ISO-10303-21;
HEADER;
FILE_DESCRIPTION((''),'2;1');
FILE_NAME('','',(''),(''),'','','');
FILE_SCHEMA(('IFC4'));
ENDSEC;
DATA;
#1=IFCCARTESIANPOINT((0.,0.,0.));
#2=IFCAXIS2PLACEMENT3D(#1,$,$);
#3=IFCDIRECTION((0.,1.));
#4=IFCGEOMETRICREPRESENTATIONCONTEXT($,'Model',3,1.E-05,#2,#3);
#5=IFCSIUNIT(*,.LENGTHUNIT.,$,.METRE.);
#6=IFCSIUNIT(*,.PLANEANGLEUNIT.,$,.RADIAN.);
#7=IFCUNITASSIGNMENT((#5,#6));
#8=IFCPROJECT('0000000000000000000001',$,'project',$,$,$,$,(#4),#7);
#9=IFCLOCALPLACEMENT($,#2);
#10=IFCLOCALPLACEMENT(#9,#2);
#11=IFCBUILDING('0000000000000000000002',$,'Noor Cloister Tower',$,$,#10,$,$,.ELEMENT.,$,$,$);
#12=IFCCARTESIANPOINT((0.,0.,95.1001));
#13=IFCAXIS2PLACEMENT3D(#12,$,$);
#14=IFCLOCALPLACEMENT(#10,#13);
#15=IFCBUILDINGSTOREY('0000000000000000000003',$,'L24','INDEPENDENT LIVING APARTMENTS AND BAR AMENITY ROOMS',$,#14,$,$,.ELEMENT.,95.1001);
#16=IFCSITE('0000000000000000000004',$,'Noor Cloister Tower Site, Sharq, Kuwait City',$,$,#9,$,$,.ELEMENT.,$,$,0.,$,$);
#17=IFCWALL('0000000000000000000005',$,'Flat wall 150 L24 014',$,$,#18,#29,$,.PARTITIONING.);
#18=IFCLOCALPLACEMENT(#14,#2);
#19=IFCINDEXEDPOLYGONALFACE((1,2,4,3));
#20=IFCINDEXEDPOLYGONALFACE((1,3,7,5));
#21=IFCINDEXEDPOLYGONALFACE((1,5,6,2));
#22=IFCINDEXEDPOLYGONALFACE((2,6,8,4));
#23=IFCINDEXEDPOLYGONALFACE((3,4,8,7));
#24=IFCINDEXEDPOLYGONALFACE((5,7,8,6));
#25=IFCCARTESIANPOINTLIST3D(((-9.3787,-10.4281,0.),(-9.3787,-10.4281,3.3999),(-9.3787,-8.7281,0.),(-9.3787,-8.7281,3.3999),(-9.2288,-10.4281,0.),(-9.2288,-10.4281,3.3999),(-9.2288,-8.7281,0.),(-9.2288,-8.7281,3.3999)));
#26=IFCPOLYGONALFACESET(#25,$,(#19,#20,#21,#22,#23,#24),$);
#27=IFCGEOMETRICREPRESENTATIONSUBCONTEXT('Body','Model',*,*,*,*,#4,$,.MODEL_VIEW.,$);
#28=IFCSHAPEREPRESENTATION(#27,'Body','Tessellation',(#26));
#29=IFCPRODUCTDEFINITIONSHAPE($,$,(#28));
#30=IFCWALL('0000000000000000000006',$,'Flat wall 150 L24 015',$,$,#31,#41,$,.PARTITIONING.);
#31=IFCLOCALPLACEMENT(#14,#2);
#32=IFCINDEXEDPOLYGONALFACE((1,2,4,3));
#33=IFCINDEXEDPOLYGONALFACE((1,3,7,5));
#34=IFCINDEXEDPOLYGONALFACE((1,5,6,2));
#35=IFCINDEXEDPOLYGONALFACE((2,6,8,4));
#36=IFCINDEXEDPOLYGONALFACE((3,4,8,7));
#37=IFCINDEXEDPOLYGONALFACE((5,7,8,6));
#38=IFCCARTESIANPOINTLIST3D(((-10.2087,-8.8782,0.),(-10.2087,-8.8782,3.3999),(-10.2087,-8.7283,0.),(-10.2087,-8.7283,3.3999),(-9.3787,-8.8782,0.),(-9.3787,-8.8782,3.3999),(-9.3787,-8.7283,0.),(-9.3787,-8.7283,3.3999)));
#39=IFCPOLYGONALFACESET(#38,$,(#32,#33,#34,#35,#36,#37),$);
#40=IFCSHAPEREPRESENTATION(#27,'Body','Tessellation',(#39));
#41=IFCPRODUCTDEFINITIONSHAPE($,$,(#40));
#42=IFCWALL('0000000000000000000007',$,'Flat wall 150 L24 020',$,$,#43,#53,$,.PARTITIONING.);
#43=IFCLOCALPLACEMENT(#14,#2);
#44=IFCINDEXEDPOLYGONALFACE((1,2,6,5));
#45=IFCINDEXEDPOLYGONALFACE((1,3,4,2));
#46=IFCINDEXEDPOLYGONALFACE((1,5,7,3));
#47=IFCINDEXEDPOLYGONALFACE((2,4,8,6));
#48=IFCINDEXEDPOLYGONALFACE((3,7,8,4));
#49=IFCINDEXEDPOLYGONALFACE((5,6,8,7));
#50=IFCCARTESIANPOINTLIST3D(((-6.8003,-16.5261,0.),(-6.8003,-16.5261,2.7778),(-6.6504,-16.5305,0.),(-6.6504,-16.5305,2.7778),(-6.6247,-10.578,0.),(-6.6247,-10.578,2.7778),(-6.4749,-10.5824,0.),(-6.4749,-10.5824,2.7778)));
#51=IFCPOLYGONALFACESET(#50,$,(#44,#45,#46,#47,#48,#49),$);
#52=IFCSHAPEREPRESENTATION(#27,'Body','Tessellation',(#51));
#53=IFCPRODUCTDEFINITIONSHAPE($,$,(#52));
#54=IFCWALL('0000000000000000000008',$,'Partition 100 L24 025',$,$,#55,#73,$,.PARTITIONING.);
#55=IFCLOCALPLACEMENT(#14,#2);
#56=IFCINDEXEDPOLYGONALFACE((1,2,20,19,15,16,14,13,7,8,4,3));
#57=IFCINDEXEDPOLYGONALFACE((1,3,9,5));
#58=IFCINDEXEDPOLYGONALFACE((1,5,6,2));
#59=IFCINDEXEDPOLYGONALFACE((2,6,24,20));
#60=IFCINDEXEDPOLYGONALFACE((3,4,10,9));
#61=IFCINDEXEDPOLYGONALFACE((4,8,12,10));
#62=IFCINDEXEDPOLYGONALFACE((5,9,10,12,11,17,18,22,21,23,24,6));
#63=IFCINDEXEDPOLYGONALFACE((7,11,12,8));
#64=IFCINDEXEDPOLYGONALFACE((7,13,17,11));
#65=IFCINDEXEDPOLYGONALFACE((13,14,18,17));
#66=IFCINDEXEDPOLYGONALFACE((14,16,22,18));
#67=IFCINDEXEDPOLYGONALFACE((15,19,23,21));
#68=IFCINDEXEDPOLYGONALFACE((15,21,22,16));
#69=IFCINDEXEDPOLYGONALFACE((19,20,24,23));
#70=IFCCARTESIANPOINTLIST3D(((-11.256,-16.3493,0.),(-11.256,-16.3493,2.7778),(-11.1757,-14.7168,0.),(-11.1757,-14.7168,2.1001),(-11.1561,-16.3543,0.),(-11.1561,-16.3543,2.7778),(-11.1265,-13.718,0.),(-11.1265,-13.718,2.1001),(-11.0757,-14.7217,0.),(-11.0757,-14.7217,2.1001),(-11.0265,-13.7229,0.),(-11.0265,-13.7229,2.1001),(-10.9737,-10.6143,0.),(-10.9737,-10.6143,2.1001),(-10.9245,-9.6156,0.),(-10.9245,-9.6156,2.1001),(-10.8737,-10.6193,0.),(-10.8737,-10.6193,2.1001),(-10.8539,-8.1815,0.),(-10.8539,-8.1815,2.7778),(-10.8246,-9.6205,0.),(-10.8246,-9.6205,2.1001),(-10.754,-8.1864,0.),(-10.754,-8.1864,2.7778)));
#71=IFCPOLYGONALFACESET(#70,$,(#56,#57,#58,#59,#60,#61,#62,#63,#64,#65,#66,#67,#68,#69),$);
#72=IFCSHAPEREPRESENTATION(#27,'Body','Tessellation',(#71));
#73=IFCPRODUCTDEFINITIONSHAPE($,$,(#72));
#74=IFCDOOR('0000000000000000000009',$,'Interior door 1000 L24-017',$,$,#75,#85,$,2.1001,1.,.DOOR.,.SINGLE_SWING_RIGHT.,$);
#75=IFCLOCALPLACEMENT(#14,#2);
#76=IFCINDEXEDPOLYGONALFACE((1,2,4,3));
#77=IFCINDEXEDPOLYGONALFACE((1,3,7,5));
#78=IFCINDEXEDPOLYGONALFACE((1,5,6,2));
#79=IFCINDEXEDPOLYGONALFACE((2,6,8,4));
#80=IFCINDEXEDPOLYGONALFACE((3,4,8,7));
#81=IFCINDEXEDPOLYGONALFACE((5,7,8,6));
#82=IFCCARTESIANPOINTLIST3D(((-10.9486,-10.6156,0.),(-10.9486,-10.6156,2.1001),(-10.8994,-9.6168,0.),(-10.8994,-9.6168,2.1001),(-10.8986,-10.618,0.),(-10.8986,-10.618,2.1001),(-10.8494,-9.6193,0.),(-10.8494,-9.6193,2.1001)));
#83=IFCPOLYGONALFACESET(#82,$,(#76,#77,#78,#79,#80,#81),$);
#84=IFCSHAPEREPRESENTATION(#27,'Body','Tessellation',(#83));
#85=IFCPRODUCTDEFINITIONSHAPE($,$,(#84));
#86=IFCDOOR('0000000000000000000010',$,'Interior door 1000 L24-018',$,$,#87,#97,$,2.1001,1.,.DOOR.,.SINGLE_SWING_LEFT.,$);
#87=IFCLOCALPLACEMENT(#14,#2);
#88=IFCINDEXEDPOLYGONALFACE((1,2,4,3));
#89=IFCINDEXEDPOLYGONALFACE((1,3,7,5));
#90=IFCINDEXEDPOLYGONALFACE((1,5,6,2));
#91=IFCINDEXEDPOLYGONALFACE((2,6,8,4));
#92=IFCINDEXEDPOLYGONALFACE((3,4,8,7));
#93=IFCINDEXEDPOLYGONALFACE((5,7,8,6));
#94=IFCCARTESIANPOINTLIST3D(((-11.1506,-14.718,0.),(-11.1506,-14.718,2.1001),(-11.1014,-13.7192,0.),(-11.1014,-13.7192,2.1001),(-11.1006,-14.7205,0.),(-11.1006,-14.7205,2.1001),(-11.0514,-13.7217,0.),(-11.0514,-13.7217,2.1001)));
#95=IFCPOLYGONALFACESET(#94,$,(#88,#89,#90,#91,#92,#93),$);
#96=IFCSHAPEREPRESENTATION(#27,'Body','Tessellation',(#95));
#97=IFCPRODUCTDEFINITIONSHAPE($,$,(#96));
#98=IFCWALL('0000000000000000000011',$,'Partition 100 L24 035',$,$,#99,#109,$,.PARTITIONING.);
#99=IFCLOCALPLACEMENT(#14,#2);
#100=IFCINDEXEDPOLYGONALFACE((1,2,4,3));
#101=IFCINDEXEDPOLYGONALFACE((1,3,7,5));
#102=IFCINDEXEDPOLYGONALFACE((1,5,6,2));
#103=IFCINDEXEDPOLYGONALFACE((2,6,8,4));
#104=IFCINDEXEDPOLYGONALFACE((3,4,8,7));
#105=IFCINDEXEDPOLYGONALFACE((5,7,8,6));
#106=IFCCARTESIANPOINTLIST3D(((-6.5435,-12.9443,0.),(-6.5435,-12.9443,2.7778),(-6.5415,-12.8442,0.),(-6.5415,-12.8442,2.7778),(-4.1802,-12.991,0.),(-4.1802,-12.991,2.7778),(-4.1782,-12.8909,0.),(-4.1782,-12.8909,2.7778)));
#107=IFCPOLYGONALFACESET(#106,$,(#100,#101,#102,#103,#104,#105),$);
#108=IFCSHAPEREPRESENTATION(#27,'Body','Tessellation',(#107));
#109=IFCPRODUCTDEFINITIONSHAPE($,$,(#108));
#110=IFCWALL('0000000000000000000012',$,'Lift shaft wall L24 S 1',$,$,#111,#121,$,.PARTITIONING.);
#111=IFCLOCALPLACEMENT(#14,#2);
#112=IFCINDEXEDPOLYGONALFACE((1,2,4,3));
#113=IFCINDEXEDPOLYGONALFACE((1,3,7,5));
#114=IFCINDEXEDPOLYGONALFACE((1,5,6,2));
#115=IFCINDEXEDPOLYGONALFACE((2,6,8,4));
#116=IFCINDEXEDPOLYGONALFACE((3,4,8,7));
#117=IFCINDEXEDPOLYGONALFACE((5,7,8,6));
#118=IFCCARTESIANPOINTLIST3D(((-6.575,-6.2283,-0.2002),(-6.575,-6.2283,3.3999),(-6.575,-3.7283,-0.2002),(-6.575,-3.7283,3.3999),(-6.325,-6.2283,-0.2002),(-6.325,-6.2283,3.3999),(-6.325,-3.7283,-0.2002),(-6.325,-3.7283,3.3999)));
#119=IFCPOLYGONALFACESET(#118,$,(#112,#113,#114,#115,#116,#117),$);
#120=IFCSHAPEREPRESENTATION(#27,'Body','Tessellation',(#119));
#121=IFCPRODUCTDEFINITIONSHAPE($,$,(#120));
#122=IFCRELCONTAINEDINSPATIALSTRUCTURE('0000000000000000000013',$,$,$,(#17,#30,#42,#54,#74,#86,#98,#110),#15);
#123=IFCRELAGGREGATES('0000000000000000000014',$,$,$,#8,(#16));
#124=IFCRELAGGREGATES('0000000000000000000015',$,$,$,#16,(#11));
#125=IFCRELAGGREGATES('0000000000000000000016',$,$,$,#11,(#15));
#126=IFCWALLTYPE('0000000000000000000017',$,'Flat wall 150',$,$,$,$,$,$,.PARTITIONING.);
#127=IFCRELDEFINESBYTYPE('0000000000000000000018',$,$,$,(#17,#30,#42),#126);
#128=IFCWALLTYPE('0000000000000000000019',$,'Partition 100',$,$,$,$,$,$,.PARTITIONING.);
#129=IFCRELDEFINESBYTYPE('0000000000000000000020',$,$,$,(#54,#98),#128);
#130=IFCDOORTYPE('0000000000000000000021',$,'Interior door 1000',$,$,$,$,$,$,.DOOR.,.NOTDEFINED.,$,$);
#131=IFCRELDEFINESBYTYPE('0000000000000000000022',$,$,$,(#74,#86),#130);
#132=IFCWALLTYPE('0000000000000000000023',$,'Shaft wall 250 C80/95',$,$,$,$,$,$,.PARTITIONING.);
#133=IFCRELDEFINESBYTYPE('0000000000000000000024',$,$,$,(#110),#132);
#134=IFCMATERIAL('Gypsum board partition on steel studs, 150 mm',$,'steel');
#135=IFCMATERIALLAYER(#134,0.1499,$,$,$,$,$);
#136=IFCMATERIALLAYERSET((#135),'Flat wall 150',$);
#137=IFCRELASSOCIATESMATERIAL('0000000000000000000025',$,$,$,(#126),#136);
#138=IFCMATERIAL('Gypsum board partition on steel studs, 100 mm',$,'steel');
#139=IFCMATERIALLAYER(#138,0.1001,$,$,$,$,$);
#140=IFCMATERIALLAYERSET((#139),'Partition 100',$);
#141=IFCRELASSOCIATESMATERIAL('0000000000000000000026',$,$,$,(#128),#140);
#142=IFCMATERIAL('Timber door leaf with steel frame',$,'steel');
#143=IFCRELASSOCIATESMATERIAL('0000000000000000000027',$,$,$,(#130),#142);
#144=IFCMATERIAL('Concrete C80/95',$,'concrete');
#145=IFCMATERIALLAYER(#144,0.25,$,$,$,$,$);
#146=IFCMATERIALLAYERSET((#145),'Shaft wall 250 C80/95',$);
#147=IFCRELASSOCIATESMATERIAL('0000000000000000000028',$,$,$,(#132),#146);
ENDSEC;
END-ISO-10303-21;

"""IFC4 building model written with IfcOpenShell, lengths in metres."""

from ifc_helpers import new_model, si_unit, direction, frame, frame_2d, origin, place, context, subcontext, project, spatial, rectangle, extrude, material, layer, layer_set, type_object, element, fill, save


model = new_model("IFC4")

# Units and contexts
model_context = context("Model", 3, precision=1e-05, world=origin(), true_north=direction((0.0, 1.0)))
body_context = subcontext(model_context, "Body", "Model", "MODEL_VIEW")
ifc_project = project(units=[si_unit("LENGTHUNIT", "METRE"), si_unit("PLANEANGLEUNIT", "RADIAN")], contexts=[model_context])

# Site, building, storey
site_placement = place(None, origin())
site = spatial("IfcSite", under=ifc_project, at=site_placement, Name="Noor Cloister Tower Site, Sharq, Kuwait City", CompositionType="ELEMENT", RefElevation=0.0)
building_placement = place(site_placement, origin())
building = spatial("IfcBuilding", under=site, at=building_placement, Name="Noor Cloister Tower", CompositionType="ELEMENT")
storey_placement = place(building_placement, frame((0.0, 0.0, 95.1001)))
storey = spatial("IfcBuildingStorey", under=building, at=storey_placement, Name="L24", Description="INDEPENDENT LIVING APARTMENTS AND BAR AMENITY ROOMS", CompositionType="ELEMENT", Elevation=95.1001)

# Walls
ifc_material_1 = material(Name="Gypsum board partition on steel studs, 150 mm", Category="steel")
ifc_layer_1 = layer(ifc_material_1, 0.1499)
ifc_layer_set_1 = layer_set([ifc_layer_1], Name="Flat wall 150")
wall_type_1 = type_object("IfcWallType", Name="Flat wall 150", PredefinedType="PARTITIONING", material=ifc_layer_set_1)
wall_1_placement = place(storey_placement, frame((-9.3037, -10.4282, 0.0), z_axis=(0.0, 0.0, 1.0), x_axis=(0.0, 1.0, 0.0)))
element("IfcWall", 1, at=wall_1_placement, inside=storey, type_object=wall_type_1, Name="Flat wall 150 L24 014", PredefinedType="PARTITIONING", context=body_context, shape_type="SweptSolid", body=[
    extrude(rectangle(XDim=1.7, YDim=0.1499, at=frame_2d((0.8501, 0.0))), origin(), (0.0, 0.0, 1.0), 3.3999),
])
wall_2_placement = place(storey_placement, frame((-10.2087, -8.8032, 0.0), z_axis=(0.0, 0.0, 1.0), x_axis=(1.0, 0.0, 0.0)))
element("IfcWall", 2, at=wall_2_placement, inside=storey, type_object=wall_type_1, Name="Flat wall 150 L24 015", PredefinedType="PARTITIONING", context=body_context, shape_type="SweptSolid", body=[
    extrude(rectangle(XDim=0.8301, YDim=0.1499, at=frame_2d((0.415, 0.0))), origin(), (0.0, 0.0, 1.0), 3.3999),
])
wall_3_placement = place(storey_placement, frame((-6.7253, -16.5283, 0.0), z_axis=(0.0, 0.0, 1.0), x_axis=(0.029499, 0.999565, 0.0)))
element("IfcWall", 3, at=wall_3_placement, inside=storey, type_object=wall_type_1, Name="Flat wall 150 L24 020", PredefinedType="PARTITIONING", context=body_context, shape_type="SweptSolid", body=[
    extrude(rectangle(XDim=5.9507, YDim=0.1499, at=frame_2d((2.9753, 0.0))), origin(), (0.0, 0.0, 1.0), 2.7778),
])

# Wall, openings, doors
ifc_material_2 = material(Name="Gypsum board partition on steel studs, 100 mm", Category="steel")
ifc_layer_2 = layer(ifc_material_2, 0.1001)
ifc_layer_set_2 = layer_set([ifc_layer_2], Name="Partition 100")
wall_type_2 = type_object("IfcWallType", Name="Partition 100", PredefinedType="PARTITIONING", material=ifc_layer_set_2)
wall_4_placement = place(storey_placement, frame((-11.2061, -16.3518, 0.0), z_axis=(0.0, 0.0, 1.0), x_axis=(0.049171, 0.99879, 0.0)))
wall_4 = element("IfcWall", 4, at=wall_4_placement, inside=storey, type_object=wall_type_2, Name="Partition 100 L24 025", PredefinedType="PARTITIONING", context=body_context, shape_type="SweptSolid", body=[
    extrude(rectangle(XDim=8.1777, YDim=0.1001, at=frame_2d((4.0889, 0.0))), origin(), (0.0, 0.0, 1.0), 2.7778),
])
opening_1_placement = place(wall_4_placement, frame((5.7419, 0.0, 0.0)))
opening_1 = element("IfcOpeningElement", 5, at=opening_1_placement, cuts=wall_4, PredefinedType="OPENING", context=body_context, shape_type="SweptSolid", body=[
    extrude(rectangle(XDim=1.0, YDim=2.1001, at=frame_2d((0.5, 1.05))), frame((0.0, 0.0601, 0.0), z_axis=(0.0, -1.0, 0.0), x_axis=(1.0, 0.0, 0.0)), (0.0, 0.0, 1.0), 0.1201),
])
opening_2_placement = place(wall_4_placement, frame((1.6345, 0.0, 0.0)))
opening_2 = element("IfcOpeningElement", 6, at=opening_2_placement, cuts=wall_4, PredefinedType="OPENING", context=body_context, shape_type="SweptSolid", body=[
    extrude(rectangle(XDim=1.0, YDim=2.1001, at=frame_2d((0.5, 1.05))), frame((0.0, 0.0601, 0.0), z_axis=(0.0, -1.0, 0.0), x_axis=(1.0, 0.0, 0.0)), (0.0, 0.0, 1.0), 0.1201),
])
ifc_material_3 = material(Name="Timber door leaf with steel frame", Category="steel")
door_type_1 = type_object("IfcDoorType", Name="Interior door 1000", OperationType="NOTDEFINED", PredefinedType="DOOR", material=ifc_material_3)
door_1_placement = place(opening_1_placement, origin())
door_1 = element("IfcDoor", 7, at=door_1_placement, inside=storey, type_object=door_type_1, Name="Interior door 1000 L24-017", OperationType="SINGLE_SWING_RIGHT", OverallHeight=2.1001, OverallWidth=1.0, PredefinedType="DOOR", context=body_context, shape_type="SweptSolid", body=[
    extrude(rectangle(XDim=1.0, YDim=2.1001, at=frame_2d((0.5, 1.05))), frame((0.0, 0.0249, 0.0), z_axis=(0.0, -1.0, 0.0), x_axis=(1.0, 0.0, 0.0)), (0.0, 0.0, 1.0), 0.05),
])
fill(opening_1, door_1)
door_2_placement = place(opening_2_placement, origin())
door_2 = element("IfcDoor", 8, at=door_2_placement, inside=storey, type_object=door_type_1, Name="Interior door 1000 L24-018", OperationType="SINGLE_SWING_LEFT", OverallHeight=2.1001, OverallWidth=1.0, PredefinedType="DOOR", context=body_context, shape_type="SweptSolid", body=[
    extrude(rectangle(XDim=1.0, YDim=2.1001, at=frame_2d((0.5, 1.05))), frame((0.0, 0.0249, 0.0), z_axis=(0.0, -1.0, 0.0), x_axis=(1.0, 0.0, 0.0)), (0.0, 0.0, 1.0), 0.05),
])
fill(opening_2, door_2)

# Walls
wall_5_placement = place(storey_placement, frame((-6.5425, -12.8943, 0.0), z_axis=(0.0, 0.0, 1.0), x_axis=(0.999805, -0.019728, 0.0)))
element("IfcWall", 9, at=wall_5_placement, inside=storey, type_object=wall_type_2, Name="Partition 100 L24 035", PredefinedType="PARTITIONING", context=body_context, shape_type="SweptSolid", body=[
    extrude(rectangle(XDim=2.3638, YDim=0.1001, at=frame_2d((1.1819, 0.0))), origin(), (0.0, 0.0, 1.0), 2.7778),
])
ifc_material_4 = material(Name="Concrete C80/95", Category="concrete")
ifc_layer_3 = layer(ifc_material_4, 0.25)
ifc_layer_set_3 = layer_set([ifc_layer_3], Name="Shaft wall 250 C80/95")
wall_type_3 = type_object("IfcWallType", Name="Shaft wall 250 C80/95", PredefinedType="PARTITIONING", material=ifc_layer_set_3)
wall_6_placement = place(storey_placement, frame((-6.45, -6.2283, -0.2002), z_axis=(0.0, 0.0, 1.0), x_axis=(0.0, 1.0, 0.0)))
element("IfcWall", 10, at=wall_6_placement, inside=storey, type_object=wall_type_3, Name="Lift shaft wall L24 S 1", PredefinedType="PARTITIONING", context=body_context, shape_type="SweptSolid", body=[
    extrude(rectangle(XDim=2.5, YDim=0.25, at=frame_2d((1.25, 0.0))), origin(), (0.0, 0.0, 1.0), 3.6001),
])

save(model, "model.ifc")
